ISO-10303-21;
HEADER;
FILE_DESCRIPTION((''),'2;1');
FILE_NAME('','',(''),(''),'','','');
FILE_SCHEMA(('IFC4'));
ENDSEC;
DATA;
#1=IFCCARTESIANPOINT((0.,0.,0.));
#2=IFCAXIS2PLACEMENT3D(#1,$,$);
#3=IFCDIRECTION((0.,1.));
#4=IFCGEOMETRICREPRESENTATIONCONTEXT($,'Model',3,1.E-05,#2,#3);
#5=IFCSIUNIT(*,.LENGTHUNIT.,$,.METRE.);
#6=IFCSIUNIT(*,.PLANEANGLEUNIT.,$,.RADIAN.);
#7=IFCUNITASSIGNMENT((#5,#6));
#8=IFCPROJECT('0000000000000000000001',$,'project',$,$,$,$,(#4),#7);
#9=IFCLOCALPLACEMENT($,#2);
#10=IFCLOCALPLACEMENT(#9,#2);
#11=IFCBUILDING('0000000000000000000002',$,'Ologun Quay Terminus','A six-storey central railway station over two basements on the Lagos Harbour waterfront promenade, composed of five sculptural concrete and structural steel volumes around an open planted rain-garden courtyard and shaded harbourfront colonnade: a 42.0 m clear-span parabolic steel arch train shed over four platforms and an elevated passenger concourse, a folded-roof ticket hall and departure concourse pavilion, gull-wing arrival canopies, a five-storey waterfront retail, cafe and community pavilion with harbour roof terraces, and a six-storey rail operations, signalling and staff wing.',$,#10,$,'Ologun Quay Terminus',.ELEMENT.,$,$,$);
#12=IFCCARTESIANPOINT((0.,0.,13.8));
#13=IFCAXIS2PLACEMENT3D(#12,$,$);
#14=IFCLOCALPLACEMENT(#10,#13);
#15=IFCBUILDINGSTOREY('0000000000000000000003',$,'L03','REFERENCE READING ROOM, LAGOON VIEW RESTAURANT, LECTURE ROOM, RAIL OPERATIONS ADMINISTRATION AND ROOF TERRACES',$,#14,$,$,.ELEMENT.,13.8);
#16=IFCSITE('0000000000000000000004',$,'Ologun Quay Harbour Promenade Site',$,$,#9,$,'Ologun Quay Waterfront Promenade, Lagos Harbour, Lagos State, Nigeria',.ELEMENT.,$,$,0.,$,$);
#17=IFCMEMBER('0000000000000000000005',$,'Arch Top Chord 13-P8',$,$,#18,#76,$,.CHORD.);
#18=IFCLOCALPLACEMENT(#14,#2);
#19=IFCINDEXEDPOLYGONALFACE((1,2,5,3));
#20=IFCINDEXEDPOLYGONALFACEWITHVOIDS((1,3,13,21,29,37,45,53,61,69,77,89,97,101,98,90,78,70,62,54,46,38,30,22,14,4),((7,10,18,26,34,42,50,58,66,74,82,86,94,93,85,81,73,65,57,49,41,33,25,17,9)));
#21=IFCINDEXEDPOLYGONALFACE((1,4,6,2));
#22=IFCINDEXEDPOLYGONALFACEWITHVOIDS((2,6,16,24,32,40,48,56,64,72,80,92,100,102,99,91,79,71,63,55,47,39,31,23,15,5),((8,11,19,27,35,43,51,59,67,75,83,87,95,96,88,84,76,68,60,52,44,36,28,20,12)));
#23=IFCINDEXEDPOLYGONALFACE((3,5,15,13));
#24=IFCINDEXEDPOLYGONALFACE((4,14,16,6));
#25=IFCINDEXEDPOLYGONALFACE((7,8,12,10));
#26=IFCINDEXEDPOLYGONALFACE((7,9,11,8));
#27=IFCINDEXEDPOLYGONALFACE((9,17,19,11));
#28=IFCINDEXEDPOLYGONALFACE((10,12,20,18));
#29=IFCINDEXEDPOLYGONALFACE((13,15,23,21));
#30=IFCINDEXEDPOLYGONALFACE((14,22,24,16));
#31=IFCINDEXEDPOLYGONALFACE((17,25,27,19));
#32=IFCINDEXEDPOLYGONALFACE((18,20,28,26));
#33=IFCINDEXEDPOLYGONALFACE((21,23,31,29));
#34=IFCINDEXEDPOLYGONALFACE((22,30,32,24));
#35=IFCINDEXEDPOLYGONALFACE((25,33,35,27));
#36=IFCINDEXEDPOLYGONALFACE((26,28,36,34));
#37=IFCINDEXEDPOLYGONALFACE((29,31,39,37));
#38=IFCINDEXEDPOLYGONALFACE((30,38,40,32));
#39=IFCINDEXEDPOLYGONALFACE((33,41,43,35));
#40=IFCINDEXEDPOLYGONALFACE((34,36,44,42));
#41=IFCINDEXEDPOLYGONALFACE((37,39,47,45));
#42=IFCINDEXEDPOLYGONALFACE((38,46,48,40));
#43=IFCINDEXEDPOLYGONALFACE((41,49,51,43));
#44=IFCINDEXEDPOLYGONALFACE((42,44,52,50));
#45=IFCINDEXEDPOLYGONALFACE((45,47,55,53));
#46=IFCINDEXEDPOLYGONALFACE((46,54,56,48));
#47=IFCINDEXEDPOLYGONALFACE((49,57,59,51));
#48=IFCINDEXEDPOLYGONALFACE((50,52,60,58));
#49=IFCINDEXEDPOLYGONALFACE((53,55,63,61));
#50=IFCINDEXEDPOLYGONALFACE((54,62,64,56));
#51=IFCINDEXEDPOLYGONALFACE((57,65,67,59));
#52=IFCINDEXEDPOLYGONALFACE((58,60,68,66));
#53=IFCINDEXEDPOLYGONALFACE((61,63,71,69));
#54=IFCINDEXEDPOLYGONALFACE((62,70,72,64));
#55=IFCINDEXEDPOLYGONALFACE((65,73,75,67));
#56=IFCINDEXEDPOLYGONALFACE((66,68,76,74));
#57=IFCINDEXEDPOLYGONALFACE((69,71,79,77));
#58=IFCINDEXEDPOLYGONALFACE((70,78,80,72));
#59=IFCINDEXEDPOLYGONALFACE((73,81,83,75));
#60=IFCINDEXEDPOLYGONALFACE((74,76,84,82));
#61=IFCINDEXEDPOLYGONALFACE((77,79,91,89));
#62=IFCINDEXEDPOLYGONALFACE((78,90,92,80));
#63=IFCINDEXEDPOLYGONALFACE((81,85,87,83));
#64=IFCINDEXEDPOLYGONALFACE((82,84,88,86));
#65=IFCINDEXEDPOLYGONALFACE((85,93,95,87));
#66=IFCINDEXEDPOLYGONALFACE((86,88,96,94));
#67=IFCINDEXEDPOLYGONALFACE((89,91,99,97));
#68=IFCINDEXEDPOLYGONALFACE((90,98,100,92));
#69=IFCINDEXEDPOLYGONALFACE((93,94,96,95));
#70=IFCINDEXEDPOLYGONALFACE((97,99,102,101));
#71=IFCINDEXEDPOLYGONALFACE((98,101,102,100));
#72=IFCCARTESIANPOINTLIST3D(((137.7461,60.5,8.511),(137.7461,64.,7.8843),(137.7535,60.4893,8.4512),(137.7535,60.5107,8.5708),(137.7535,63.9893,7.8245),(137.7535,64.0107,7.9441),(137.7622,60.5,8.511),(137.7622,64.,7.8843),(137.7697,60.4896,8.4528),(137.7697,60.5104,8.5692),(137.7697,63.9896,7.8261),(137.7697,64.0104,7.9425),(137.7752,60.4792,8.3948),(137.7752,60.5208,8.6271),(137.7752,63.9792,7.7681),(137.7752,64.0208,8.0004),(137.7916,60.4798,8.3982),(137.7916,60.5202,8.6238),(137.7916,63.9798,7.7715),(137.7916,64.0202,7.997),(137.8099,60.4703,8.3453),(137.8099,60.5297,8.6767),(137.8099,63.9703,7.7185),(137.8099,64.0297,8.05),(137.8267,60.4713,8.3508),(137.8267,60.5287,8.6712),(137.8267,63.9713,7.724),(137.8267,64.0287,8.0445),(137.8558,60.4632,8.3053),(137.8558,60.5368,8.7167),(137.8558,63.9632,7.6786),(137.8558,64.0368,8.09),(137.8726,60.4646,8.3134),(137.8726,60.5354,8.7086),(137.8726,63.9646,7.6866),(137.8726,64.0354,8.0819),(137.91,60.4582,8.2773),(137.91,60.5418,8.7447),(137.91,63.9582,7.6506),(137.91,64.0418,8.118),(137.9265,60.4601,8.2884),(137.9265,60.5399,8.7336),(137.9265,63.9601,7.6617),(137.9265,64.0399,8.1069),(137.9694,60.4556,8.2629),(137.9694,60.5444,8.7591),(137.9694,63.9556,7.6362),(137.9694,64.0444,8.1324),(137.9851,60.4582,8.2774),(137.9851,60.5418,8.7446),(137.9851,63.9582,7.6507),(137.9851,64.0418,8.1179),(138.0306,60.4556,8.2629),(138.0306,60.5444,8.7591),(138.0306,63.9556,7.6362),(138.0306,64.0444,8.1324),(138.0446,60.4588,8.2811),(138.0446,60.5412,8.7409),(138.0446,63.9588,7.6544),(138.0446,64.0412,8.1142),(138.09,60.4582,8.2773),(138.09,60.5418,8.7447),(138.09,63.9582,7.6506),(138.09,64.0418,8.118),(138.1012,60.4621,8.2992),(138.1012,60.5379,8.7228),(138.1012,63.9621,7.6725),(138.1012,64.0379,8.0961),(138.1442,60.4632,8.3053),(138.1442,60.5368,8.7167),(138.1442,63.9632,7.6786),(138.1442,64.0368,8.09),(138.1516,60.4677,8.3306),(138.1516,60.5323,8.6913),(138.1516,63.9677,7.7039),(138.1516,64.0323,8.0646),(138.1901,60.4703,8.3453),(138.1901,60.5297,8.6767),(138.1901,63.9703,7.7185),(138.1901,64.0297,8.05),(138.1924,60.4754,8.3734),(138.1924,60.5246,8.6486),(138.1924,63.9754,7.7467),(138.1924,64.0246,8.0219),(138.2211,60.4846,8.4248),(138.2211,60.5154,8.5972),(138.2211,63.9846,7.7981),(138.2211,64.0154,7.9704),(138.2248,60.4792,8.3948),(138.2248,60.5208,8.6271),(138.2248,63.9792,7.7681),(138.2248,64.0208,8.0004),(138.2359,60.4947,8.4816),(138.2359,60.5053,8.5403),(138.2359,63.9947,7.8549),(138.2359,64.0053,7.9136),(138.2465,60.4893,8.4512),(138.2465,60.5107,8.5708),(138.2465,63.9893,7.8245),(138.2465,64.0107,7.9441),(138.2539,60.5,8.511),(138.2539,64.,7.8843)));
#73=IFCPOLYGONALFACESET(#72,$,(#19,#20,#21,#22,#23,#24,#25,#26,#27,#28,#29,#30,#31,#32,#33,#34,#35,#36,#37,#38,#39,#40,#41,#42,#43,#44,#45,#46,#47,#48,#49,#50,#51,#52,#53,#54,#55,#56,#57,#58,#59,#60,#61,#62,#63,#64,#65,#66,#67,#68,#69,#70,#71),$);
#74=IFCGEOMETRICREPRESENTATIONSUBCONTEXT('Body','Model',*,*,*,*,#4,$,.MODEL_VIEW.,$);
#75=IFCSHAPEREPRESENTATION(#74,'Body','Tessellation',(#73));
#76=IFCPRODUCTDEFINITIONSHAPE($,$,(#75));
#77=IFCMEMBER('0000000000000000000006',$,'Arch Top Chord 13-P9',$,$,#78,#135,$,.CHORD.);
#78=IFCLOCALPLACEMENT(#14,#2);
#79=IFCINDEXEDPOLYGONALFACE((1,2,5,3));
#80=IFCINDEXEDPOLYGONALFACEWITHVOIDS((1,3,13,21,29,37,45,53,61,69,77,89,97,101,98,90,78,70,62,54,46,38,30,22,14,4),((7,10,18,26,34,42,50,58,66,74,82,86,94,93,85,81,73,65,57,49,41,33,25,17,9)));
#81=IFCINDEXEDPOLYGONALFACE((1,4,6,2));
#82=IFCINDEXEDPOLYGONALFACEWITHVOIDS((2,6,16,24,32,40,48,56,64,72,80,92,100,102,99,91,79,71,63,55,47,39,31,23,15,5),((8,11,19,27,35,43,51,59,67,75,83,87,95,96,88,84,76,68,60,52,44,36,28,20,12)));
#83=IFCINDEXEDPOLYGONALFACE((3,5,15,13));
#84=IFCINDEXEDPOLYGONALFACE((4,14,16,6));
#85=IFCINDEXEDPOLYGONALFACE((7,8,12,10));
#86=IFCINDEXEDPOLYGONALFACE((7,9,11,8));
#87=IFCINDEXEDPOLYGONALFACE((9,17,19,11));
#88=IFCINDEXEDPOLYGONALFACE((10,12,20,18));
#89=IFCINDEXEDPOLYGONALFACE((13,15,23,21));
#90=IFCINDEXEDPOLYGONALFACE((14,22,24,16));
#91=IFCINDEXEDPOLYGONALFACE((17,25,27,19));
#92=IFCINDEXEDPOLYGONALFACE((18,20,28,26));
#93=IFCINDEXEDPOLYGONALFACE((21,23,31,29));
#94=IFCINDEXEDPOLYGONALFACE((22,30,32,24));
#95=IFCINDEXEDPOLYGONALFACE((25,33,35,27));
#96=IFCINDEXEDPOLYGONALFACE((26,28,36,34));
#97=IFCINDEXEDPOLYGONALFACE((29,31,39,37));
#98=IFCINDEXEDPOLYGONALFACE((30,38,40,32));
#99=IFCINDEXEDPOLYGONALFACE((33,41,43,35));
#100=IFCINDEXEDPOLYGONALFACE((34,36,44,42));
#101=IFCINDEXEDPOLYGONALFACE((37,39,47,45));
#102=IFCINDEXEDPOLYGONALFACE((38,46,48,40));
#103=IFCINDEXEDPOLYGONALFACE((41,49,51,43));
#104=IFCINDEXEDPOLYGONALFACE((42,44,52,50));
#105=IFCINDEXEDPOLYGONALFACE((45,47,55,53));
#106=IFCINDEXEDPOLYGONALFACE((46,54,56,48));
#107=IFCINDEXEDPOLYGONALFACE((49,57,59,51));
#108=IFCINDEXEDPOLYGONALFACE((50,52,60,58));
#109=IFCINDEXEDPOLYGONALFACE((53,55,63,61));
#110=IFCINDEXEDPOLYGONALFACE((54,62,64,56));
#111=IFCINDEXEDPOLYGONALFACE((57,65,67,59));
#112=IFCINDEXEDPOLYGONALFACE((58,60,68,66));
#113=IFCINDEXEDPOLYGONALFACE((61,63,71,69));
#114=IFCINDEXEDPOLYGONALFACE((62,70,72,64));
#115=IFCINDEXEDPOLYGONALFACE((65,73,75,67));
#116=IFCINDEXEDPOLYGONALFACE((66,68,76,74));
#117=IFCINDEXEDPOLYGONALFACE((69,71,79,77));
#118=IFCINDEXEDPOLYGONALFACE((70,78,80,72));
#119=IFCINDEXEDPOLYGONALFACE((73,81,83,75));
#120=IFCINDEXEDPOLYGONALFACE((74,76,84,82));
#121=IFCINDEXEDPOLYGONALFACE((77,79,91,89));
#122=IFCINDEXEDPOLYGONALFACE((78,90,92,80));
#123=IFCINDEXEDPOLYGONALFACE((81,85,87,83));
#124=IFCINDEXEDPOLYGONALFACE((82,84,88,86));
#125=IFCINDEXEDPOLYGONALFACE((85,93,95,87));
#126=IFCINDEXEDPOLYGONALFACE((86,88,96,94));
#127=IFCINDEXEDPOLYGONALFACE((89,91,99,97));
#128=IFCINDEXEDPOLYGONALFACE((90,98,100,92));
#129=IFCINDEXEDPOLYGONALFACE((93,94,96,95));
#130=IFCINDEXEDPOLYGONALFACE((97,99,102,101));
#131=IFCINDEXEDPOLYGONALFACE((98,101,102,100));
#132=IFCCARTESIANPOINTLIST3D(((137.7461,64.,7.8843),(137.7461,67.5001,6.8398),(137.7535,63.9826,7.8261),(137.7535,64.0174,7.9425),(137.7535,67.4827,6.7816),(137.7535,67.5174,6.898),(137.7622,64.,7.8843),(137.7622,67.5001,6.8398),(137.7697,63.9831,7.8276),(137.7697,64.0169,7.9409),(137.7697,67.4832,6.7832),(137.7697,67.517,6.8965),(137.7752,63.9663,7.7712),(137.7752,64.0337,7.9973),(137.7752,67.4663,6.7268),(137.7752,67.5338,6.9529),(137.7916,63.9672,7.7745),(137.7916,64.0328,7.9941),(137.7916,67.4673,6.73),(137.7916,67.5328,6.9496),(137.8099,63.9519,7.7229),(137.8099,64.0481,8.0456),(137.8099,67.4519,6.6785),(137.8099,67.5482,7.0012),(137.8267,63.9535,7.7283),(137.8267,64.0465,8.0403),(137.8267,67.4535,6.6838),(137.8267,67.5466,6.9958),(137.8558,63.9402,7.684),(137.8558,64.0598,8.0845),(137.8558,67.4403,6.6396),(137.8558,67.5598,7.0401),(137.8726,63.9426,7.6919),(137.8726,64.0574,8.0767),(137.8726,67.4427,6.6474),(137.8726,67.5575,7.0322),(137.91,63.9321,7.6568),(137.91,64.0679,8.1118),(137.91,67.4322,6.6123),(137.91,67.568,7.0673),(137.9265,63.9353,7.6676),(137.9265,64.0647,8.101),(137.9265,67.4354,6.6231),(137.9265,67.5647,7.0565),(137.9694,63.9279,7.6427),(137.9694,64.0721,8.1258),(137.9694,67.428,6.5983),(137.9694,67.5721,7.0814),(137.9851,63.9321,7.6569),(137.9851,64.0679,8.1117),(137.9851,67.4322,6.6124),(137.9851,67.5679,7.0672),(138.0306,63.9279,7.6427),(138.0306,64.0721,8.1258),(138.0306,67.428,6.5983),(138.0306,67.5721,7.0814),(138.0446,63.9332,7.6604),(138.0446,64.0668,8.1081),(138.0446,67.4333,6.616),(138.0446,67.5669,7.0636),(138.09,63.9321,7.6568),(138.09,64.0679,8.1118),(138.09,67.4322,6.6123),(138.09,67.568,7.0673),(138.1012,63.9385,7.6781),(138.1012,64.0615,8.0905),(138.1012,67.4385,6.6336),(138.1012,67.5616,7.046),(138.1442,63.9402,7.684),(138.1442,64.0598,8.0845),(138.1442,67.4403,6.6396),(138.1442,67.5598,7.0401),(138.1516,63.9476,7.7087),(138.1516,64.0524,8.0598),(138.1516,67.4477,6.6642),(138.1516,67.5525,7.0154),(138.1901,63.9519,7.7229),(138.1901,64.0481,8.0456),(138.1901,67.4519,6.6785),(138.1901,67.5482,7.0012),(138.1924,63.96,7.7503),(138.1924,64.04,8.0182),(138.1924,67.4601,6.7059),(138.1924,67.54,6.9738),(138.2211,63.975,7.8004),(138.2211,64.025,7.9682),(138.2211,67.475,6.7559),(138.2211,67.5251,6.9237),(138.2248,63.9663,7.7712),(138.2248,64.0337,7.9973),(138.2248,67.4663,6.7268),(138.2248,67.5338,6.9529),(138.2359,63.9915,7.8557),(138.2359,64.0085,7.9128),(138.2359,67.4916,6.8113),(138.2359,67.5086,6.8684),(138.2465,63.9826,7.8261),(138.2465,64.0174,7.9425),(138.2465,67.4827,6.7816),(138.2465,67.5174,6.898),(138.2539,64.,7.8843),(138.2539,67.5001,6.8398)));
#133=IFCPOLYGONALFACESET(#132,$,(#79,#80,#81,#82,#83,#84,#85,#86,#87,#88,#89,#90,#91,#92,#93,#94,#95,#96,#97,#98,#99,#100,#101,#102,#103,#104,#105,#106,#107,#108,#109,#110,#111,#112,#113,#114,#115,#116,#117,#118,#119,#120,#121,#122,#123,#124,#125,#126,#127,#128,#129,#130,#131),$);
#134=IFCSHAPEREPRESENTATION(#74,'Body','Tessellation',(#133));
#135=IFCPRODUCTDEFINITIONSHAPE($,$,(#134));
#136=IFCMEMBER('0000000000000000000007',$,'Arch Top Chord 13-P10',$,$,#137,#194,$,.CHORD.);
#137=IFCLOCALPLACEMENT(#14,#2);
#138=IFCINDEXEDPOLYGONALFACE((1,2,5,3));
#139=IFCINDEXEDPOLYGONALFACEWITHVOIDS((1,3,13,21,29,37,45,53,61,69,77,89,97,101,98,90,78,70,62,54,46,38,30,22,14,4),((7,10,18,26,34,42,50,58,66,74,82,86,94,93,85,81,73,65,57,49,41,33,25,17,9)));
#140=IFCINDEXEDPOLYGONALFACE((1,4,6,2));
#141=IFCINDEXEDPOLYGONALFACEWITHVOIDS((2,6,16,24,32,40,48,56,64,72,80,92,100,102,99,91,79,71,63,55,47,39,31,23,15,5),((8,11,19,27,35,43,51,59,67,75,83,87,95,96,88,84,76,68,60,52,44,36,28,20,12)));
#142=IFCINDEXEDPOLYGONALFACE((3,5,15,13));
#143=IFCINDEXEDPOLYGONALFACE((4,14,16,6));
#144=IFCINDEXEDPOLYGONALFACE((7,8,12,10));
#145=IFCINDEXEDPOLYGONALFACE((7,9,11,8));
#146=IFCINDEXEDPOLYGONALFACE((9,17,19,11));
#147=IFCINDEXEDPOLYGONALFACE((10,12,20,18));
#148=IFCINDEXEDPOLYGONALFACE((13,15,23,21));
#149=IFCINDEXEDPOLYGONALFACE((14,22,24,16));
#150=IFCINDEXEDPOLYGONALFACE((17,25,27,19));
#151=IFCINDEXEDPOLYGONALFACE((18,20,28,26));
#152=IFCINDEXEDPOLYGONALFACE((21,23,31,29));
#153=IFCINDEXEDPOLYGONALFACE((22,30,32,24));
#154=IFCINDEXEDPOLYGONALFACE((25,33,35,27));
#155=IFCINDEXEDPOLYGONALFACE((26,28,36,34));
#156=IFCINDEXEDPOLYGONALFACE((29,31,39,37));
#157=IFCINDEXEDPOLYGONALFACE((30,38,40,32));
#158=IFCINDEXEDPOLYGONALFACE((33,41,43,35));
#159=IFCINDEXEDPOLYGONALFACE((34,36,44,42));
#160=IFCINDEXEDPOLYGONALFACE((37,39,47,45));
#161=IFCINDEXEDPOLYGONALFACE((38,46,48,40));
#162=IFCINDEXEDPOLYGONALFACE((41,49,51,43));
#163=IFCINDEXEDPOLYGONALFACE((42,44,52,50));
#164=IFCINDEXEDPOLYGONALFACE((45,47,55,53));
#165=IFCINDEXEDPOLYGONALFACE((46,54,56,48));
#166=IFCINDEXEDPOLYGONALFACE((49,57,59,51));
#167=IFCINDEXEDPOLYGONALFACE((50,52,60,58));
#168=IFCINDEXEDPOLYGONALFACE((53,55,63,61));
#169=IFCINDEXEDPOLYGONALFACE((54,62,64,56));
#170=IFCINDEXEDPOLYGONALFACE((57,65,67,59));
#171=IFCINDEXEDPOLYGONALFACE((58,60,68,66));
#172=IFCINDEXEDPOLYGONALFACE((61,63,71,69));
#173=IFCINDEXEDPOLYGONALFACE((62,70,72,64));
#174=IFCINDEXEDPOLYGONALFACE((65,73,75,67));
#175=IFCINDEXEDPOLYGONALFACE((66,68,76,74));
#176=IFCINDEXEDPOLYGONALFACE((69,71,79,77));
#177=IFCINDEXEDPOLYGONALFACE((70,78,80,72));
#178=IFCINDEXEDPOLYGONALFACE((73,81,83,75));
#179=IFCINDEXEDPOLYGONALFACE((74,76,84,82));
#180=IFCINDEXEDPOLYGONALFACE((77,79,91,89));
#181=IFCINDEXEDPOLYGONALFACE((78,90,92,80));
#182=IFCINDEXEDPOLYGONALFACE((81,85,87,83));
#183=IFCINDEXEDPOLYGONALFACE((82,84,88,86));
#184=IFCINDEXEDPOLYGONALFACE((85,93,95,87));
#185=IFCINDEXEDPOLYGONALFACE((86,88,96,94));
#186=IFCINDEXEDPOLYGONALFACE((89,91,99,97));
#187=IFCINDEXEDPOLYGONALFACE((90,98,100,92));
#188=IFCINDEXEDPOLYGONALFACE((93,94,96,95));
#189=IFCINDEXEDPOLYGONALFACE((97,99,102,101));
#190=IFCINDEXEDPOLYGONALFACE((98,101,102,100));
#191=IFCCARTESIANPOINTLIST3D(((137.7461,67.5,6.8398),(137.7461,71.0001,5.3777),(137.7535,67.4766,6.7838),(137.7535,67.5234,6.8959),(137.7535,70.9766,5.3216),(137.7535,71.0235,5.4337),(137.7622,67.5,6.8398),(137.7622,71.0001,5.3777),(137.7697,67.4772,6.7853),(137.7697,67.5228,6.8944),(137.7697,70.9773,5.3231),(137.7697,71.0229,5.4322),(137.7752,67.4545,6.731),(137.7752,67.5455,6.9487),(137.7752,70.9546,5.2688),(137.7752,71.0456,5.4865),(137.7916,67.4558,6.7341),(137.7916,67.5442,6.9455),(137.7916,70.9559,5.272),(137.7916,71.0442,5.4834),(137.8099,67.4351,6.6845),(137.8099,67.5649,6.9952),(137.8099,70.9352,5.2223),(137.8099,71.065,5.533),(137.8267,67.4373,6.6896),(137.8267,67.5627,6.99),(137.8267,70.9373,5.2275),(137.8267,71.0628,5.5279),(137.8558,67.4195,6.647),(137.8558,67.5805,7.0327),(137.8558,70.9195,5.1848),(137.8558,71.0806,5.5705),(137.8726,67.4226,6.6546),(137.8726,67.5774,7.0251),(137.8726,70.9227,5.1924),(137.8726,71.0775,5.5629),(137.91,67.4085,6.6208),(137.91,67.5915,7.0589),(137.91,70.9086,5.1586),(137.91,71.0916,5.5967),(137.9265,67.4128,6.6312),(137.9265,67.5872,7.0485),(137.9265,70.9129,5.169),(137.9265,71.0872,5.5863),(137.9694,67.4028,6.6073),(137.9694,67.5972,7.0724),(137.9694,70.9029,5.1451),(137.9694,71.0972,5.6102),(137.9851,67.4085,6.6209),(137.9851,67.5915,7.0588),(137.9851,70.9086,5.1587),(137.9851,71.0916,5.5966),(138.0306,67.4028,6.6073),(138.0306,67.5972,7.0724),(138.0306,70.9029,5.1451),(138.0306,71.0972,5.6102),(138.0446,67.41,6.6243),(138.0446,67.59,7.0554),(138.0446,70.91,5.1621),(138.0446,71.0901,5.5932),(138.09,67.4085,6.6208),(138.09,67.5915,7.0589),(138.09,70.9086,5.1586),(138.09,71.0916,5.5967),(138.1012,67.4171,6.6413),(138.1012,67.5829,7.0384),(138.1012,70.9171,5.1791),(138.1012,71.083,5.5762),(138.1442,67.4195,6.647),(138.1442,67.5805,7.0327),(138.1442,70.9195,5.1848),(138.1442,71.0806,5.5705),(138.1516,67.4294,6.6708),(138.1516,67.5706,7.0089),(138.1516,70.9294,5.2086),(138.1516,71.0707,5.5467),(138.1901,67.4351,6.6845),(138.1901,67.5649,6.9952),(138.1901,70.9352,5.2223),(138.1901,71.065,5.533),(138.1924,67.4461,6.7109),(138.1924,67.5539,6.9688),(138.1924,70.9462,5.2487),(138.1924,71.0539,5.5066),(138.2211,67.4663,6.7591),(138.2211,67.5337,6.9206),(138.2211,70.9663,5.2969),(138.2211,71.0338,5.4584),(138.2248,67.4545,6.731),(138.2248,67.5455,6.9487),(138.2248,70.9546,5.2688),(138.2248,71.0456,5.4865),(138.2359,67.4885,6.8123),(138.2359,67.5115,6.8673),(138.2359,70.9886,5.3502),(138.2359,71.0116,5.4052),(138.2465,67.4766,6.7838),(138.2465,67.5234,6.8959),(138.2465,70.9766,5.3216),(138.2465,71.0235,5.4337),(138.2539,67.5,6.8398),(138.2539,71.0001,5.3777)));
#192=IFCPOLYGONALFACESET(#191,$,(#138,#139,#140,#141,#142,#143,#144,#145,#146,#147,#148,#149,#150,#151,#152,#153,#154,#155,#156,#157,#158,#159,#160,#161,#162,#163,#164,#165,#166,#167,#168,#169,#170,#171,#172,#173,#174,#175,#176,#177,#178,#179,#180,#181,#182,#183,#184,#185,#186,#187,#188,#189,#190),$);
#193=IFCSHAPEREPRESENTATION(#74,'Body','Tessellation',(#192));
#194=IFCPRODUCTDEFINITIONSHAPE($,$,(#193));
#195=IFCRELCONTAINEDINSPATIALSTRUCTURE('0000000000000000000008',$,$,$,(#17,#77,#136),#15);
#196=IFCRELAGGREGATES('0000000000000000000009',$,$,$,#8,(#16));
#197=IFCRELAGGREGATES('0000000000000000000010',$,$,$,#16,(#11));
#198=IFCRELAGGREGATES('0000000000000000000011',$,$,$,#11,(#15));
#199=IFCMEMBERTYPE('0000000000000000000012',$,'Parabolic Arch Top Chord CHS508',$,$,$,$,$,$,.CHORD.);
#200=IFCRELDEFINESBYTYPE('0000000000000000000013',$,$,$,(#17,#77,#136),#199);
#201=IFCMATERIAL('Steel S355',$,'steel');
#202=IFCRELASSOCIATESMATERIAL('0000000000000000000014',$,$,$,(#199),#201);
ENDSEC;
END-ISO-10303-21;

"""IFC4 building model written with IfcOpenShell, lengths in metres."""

from ifc_helpers import new_model, si_unit, direction, frame, origin, origin_2d, place, context, subcontext, project, spatial, hollow_circle, extrude, material, material_profile, profile_set, type_object, element, save


model = new_model("IFC4")

# Units and contexts
model_context = context("Model", 3, precision=1e-05, world=origin(), true_north=direction((0.0, 1.0)))
body_context = subcontext(model_context, "Body", "Model", "MODEL_VIEW")
ifc_project = project(units=[si_unit("LENGTHUNIT", "METRE"), si_unit("PLANEANGLEUNIT", "RADIAN")], contexts=[model_context])

# Site, building, storey
site_placement = place(None, origin())
site = spatial("IfcSite", under=ifc_project, at=site_placement, Name="Ologun Quay Harbour Promenade Site", LongName="Ologun Quay Waterfront Promenade, Lagos Harbour, Lagos State, Nigeria", CompositionType="ELEMENT", RefElevation=0.0)
building_placement = place(site_placement, origin())
building = spatial("IfcBuilding", under=site, at=building_placement, Name="Ologun Quay Terminus", Description="A six-storey central railway station over two basements on the Lagos Harbour waterfront promenade, composed of five sculptural concrete and structural steel volumes around an open planted rain-garden courtyard and shaded harbourfront colonnade: a 42.0 m clear-span parabolic steel arch train shed over four platforms and an elevated passenger concourse, a folded-roof ticket hall and departure concourse pavilion, gull-wing arrival canopies, a five-storey waterfront retail, cafe and community pavilion with harbour roof terraces, and a six-storey rail operations, signalling and staff wing.", LongName="Ologun Quay Terminus", CompositionType="ELEMENT")
storey_placement = place(building_placement, frame((0.0, 0.0, 13.8)))
storey = spatial("IfcBuildingStorey", under=building, at=storey_placement, Name="L03", Description="REFERENCE READING ROOM, LAGOON VIEW RESTAURANT, LECTURE ROOM, RAIL OPERATIONS ADMINISTRATION AND ROOF TERRACES", CompositionType="ELEMENT", Elevation=13.8)

# Members
ifc_material_1 = material(Name="Steel S355", Category="steel")
ifc_material_profile_1 = material_profile(ifc_material_1, hollow_circle(Radius=0.2539, WallThickness=0.0161, at=origin_2d()), Name="CHS 508x16")
ifc_profile_set_1 = profile_set([ifc_material_profile_1], Name="Steel S355")
member_type_1 = type_object("IfcMemberType", Name="Parabolic Arch Top Chord CHS508", PredefinedType="CHORD", material=ifc_profile_set_1)
member_1_placement = place(storey_placement, frame((138.0, 60.5, 8.511), z_axis=(0.0, 0.984344, -0.176256), x_axis=(-1.0, 0.0, 0.0)))
element("IfcMember", 1, at=member_1_placement, inside=storey, type_object=member_type_1, Name="Arch Top Chord 13-P8", PredefinedType="CHORD", context=body_context, shape_type="SweptSolid", body=[
    extrude(hollow_circle(Radius=0.2539, WallThickness=0.0161, at=origin_2d()), origin(), (0.0, 0.0, 1.0), 3.5557),
])
member_2_placement = place(storey_placement, frame((138.0, 64.0, 7.8843), z_axis=(0.0, 0.958245, -0.285949), x_axis=(-1.0, 0.0, 0.0)))
element("IfcMember", 2, at=member_2_placement, inside=storey, type_object=member_type_1, Name="Arch Top Chord 13-P9", PredefinedType="CHORD", context=body_context, shape_type="SweptSolid", body=[
    extrude(hollow_circle(Radius=0.2539, WallThickness=0.0161, at=origin_2d()), origin(), (0.0, 0.0, 1.0), 3.6526),
])
member_3_placement = place(storey_placement, frame((138.0, 67.5, 6.8398), z_axis=(0.0, 0.922719, -0.385474), x_axis=(-1.0, 0.0, 0.0)))
element("IfcMember", 3, at=member_3_placement, inside=storey, type_object=member_type_1, Name="Arch Top Chord 13-P10", PredefinedType="CHORD", context=body_context, shape_type="SweptSolid", body=[
    extrude(hollow_circle(Radius=0.2539, WallThickness=0.0161, at=origin_2d()), origin(), (0.0, 0.0, 1.0), 3.7932),
])

save(model, "model.ifc")
